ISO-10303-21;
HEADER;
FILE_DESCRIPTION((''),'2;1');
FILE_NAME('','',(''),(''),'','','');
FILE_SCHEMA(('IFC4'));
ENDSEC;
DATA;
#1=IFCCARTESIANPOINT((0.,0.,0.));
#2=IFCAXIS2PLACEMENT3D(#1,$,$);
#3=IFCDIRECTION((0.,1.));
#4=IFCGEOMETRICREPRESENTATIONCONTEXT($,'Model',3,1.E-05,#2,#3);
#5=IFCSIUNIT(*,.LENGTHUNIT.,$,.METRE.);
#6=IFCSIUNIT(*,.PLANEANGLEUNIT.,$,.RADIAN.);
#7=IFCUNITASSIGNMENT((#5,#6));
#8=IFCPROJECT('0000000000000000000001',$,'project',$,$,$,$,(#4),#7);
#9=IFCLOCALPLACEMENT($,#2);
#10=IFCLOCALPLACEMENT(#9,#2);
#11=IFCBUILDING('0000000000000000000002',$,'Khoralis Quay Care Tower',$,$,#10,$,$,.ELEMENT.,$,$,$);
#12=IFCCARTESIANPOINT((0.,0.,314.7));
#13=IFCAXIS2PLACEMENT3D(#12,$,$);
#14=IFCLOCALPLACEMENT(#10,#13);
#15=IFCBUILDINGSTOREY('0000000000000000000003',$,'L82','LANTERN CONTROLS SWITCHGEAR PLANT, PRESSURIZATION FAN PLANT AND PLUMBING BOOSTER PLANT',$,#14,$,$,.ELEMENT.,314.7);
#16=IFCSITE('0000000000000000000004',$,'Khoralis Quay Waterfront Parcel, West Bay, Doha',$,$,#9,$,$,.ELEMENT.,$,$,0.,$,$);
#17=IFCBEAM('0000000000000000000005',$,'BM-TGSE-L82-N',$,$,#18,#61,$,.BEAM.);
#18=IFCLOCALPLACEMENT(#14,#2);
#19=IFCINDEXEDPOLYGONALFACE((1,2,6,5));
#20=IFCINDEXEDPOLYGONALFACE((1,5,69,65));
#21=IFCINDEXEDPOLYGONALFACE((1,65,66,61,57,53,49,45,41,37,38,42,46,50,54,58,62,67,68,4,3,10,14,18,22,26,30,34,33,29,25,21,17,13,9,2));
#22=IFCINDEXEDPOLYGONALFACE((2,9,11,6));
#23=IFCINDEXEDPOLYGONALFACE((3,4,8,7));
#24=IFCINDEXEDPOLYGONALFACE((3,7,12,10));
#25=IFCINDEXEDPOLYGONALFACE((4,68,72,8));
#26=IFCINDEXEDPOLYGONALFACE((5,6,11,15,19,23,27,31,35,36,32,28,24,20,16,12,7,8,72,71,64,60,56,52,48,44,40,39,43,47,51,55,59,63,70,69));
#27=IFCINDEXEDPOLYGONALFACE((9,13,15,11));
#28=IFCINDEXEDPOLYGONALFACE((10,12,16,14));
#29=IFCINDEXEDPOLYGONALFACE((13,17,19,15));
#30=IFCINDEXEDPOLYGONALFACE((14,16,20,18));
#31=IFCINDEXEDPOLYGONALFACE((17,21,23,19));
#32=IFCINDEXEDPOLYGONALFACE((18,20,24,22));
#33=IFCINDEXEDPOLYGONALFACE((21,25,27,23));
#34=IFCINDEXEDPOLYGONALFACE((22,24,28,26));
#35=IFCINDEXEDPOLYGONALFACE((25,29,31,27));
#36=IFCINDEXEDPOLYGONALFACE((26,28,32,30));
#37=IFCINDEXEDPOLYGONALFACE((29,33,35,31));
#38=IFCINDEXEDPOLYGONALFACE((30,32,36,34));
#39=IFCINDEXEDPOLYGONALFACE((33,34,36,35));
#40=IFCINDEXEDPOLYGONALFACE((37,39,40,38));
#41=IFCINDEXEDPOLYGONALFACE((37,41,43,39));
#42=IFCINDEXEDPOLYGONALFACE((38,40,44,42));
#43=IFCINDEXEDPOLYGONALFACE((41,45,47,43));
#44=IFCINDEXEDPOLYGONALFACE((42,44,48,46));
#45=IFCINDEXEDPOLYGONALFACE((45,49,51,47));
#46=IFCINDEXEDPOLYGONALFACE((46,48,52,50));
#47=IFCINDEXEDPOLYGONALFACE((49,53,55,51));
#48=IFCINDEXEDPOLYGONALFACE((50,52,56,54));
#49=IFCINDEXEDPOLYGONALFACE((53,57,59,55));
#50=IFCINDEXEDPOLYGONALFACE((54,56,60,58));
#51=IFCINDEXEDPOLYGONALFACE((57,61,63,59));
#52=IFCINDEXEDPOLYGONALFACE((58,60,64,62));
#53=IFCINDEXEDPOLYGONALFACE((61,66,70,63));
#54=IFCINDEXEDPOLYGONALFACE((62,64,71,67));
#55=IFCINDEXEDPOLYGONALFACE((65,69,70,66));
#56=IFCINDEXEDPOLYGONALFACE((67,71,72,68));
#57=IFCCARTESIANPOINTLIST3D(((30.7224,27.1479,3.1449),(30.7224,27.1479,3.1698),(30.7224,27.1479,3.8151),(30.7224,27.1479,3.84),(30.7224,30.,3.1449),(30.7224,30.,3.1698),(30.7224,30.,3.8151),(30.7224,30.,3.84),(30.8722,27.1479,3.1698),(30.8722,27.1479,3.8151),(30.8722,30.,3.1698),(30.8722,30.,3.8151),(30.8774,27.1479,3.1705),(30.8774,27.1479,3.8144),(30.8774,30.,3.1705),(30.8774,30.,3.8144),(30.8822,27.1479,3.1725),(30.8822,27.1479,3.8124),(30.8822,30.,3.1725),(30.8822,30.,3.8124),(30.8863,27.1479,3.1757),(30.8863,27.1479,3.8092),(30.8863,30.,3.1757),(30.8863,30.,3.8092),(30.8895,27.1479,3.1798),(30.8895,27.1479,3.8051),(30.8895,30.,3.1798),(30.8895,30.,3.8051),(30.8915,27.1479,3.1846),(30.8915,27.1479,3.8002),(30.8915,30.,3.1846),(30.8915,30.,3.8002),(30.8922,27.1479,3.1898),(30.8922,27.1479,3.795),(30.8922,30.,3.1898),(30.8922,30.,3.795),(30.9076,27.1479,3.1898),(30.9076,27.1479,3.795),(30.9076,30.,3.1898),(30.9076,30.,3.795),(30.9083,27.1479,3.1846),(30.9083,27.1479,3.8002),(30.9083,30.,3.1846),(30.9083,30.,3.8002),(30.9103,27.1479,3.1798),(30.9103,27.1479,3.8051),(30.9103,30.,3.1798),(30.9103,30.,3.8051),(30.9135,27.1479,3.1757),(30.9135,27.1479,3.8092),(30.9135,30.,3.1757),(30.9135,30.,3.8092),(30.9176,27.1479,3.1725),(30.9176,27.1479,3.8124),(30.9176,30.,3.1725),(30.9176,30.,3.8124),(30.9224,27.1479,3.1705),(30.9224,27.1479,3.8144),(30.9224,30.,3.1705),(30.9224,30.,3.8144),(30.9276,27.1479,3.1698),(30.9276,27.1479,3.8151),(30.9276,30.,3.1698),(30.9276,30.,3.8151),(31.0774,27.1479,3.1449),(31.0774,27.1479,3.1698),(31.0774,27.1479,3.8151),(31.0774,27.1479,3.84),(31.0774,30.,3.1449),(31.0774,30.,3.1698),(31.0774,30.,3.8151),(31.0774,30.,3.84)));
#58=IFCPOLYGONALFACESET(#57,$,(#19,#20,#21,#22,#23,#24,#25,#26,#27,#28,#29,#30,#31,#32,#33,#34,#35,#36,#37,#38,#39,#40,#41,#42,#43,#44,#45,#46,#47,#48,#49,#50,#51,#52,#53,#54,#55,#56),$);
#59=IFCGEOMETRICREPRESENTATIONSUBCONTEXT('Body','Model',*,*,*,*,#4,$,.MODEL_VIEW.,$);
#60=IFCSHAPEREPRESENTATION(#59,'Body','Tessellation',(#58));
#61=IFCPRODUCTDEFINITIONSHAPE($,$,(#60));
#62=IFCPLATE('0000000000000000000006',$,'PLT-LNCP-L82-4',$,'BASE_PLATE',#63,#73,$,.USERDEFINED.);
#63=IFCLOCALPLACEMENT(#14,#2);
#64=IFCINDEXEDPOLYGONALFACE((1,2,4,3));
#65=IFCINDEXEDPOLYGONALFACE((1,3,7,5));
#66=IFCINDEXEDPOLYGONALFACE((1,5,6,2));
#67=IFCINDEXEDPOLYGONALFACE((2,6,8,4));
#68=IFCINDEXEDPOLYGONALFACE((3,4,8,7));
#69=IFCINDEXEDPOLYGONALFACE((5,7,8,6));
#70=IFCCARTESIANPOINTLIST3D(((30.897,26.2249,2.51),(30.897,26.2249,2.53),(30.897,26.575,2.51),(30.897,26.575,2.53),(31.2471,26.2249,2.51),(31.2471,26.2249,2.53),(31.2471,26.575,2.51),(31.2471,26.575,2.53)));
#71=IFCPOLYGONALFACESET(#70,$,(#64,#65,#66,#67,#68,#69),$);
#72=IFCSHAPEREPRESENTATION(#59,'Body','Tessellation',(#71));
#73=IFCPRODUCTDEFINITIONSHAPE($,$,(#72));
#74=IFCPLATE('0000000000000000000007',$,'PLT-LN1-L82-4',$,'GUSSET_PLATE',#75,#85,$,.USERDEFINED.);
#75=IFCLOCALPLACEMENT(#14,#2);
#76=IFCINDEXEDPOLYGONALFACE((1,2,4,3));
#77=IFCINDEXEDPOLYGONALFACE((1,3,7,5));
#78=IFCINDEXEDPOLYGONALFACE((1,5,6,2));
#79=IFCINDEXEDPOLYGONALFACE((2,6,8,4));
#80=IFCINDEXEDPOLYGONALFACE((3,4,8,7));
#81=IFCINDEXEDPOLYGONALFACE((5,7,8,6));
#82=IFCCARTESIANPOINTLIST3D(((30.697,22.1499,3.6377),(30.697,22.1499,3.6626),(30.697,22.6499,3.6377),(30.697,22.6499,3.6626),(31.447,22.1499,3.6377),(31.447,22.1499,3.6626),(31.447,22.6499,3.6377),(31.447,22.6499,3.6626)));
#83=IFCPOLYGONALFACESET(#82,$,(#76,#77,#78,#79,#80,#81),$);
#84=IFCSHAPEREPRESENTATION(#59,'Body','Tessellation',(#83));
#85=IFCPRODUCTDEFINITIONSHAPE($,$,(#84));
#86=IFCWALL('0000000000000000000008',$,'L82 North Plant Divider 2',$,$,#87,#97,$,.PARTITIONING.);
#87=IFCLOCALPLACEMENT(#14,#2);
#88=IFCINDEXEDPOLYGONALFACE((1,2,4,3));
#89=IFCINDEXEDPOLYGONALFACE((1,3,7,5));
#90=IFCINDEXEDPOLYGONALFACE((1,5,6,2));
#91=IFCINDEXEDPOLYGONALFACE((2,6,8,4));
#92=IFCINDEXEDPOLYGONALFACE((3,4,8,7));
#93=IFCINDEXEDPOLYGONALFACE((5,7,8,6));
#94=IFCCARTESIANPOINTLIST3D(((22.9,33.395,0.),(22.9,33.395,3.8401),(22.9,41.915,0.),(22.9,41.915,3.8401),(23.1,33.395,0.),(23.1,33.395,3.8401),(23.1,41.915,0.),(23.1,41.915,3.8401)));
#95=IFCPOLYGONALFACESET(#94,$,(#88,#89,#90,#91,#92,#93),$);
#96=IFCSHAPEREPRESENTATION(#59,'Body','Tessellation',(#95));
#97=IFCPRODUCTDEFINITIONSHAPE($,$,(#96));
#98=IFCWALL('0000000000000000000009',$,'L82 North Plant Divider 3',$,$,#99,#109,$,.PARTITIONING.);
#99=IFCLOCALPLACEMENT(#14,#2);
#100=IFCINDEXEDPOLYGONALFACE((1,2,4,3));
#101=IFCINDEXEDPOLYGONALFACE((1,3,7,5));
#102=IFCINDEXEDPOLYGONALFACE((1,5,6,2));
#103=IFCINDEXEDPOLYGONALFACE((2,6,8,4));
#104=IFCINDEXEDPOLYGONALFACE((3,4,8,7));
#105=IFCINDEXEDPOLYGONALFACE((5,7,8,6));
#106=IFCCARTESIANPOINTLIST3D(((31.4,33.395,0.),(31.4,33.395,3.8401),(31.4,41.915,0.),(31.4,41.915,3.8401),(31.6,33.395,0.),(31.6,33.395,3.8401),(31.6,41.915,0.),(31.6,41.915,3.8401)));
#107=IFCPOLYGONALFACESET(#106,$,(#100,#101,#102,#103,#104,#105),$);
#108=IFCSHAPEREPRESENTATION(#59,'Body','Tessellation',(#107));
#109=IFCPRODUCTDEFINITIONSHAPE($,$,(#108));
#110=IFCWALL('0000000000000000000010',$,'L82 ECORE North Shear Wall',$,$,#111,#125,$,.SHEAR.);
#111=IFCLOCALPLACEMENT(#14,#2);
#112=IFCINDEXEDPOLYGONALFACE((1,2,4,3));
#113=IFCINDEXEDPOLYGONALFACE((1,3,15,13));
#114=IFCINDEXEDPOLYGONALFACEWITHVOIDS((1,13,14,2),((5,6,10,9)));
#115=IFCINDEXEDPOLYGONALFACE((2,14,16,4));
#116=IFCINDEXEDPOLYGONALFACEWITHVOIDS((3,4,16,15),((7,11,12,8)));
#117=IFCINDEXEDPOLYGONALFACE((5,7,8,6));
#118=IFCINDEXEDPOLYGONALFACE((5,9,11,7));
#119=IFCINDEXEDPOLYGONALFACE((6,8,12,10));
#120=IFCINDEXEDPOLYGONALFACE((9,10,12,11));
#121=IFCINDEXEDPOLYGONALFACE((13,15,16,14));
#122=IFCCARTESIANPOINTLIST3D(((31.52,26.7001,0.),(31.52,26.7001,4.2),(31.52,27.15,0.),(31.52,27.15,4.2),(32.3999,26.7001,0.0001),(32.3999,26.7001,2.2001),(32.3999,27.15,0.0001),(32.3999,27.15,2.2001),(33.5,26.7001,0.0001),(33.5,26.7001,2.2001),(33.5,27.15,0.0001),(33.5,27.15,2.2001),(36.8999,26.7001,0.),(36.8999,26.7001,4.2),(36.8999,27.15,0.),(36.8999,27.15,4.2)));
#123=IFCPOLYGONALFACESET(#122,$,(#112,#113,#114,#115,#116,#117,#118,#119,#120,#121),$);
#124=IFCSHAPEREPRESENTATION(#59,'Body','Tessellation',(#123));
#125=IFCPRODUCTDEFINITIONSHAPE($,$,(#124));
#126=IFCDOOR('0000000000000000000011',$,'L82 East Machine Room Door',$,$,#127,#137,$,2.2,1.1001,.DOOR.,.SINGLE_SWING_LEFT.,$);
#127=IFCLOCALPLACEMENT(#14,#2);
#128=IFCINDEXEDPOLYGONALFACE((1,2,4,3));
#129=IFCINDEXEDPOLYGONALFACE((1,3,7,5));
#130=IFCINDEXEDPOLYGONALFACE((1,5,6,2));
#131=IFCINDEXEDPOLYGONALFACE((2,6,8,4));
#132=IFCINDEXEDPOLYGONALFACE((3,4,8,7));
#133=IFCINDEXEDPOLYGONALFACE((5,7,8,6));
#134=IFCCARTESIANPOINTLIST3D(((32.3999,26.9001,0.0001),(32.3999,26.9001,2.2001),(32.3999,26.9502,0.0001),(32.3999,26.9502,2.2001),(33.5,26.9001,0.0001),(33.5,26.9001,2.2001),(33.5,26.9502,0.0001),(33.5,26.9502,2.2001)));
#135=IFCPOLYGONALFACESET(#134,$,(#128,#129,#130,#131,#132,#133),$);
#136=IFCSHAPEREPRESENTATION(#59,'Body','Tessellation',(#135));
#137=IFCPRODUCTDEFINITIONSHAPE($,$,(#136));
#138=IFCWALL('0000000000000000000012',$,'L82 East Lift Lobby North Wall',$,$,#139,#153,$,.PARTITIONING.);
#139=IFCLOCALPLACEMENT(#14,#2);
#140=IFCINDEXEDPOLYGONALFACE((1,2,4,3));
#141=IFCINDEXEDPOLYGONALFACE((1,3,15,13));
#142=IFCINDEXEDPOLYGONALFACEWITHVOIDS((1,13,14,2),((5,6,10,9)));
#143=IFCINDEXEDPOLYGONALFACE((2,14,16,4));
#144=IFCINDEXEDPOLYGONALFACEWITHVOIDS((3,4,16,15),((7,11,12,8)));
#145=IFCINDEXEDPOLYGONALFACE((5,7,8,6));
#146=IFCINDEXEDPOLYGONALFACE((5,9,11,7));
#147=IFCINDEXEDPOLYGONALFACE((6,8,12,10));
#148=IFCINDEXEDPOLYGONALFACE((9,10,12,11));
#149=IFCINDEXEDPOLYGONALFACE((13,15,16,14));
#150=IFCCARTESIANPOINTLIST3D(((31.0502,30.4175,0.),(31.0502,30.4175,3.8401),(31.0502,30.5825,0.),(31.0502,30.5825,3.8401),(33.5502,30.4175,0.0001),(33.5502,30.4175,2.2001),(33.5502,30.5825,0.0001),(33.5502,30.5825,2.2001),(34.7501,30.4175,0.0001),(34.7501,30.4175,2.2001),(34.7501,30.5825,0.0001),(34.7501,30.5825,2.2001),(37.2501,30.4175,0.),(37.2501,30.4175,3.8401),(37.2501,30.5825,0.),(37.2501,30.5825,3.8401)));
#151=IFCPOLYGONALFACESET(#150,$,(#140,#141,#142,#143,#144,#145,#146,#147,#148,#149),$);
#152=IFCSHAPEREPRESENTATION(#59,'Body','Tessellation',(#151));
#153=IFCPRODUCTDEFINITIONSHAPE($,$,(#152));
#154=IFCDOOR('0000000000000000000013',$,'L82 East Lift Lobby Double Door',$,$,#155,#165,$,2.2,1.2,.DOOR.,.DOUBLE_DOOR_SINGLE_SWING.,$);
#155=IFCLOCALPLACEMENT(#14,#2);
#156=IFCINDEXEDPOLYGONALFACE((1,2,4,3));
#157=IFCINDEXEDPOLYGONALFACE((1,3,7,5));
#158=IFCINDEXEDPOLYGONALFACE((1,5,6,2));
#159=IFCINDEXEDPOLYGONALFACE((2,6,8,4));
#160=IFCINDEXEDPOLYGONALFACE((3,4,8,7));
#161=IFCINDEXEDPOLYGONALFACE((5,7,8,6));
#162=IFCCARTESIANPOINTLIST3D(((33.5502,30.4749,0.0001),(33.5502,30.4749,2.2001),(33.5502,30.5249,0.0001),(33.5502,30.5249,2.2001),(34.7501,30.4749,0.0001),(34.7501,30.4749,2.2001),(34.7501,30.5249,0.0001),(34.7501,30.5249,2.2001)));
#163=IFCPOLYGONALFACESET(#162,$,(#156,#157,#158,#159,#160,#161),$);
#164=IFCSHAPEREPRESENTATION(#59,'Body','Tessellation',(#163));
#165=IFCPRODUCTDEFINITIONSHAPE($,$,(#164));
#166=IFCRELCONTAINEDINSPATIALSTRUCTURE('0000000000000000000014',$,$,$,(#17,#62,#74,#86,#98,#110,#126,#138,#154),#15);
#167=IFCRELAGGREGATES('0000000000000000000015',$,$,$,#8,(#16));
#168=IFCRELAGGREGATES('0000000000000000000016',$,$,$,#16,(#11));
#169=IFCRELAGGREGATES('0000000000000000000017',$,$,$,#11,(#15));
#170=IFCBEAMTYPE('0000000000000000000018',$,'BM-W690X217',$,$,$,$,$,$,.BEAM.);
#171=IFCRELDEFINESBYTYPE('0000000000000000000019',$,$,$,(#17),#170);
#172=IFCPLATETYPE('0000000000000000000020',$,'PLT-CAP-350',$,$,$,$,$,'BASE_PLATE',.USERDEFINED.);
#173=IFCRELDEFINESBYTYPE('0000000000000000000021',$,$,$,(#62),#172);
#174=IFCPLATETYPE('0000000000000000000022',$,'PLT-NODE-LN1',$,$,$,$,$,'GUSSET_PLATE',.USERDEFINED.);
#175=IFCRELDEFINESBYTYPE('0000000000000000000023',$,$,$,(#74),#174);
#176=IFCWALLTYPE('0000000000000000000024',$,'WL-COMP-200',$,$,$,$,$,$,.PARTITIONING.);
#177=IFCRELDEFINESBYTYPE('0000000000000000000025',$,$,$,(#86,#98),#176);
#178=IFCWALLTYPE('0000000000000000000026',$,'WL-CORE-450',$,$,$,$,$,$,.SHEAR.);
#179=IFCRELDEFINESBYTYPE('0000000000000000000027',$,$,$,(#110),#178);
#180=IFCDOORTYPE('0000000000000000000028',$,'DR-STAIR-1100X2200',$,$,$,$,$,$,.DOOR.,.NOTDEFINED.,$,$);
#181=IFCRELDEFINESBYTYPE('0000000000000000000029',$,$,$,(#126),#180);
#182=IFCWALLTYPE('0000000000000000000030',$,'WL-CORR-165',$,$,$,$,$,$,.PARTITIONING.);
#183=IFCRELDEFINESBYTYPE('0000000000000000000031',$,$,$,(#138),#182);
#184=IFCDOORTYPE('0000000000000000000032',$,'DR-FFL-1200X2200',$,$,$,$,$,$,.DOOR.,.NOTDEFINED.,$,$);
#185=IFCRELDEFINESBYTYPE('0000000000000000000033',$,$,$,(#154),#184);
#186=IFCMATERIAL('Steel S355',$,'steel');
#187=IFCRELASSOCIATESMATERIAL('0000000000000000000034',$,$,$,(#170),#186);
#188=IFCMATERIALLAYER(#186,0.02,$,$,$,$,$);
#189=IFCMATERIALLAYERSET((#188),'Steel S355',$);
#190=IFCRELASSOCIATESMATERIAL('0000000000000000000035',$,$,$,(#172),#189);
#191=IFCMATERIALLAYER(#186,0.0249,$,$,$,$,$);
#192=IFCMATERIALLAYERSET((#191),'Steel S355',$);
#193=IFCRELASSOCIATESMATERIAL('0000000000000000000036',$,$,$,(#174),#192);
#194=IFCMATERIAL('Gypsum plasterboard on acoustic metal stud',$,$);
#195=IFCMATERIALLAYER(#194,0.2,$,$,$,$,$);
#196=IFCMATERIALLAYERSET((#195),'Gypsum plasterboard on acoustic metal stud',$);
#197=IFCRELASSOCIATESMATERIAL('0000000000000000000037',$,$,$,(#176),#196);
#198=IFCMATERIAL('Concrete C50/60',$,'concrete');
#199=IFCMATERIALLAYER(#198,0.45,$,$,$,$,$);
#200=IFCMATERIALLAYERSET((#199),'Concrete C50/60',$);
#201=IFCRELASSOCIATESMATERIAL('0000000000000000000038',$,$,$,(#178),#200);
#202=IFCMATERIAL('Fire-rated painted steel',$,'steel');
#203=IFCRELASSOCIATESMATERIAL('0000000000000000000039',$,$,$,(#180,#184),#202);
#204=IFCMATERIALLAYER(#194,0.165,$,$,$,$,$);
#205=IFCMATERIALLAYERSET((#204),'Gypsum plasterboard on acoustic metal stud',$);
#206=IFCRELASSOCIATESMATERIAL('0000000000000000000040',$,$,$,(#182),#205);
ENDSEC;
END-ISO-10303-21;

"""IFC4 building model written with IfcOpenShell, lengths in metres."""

from ifc_helpers import new_model, si_unit, direction, frame, frame_2d, origin, origin_2d, place, context, subcontext, project, spatial, rectangle, i_section, extrude, source, transform, mapped, material, layer, layer_set, material_profile, profile_set, type_object, element, fill, save


model = new_model("IFC4")

# Units and contexts
model_context = context("Model", 3, precision=1e-05, world=origin(), true_north=direction((0.0, 1.0)))
body_context = subcontext(model_context, "Body", "Model", "MODEL_VIEW")
ifc_project = project(units=[si_unit("LENGTHUNIT", "METRE"), si_unit("PLANEANGLEUNIT", "RADIAN")], contexts=[model_context])

# Site, building, storey
site_placement = place(None, origin())
site = spatial("IfcSite", under=ifc_project, at=site_placement, Name="Khoralis Quay Waterfront Parcel, West Bay, Doha", CompositionType="ELEMENT", RefElevation=0.0)
building_placement = place(site_placement, origin())
building = spatial("IfcBuilding", under=site, at=building_placement, Name="Khoralis Quay Care Tower", CompositionType="ELEMENT")
storey_placement = place(building_placement, frame((0.0, 0.0, 314.7)))
storey = spatial("IfcBuildingStorey", under=building, at=storey_placement, Name="L82", Description="LANTERN CONTROLS SWITCHGEAR PLANT, PRESSURIZATION FAN PLANT AND PLUMBING BOOSTER PLANT", CompositionType="ELEMENT", Elevation=314.7)

# Shared definitions
ifc_material_1 = material(Name="Concrete C50/60", Category="concrete")
ifc_material_2 = material(Name="Steel S355", Category="steel")

# Beam
ifc_material_profile_1 = material_profile(ifc_material_2, i_section(OverallWidth=0.355, OverallDepth=0.6951, WebThickness=0.0154, FlangeThickness=0.0249, FilletRadius=0.02, at=origin_2d()), Name="Steel S355")
ifc_profile_set_1 = profile_set([ifc_material_profile_1], Name="Steel S355")
beam_type_1 = type_object("IfcBeamType", Name="BM-W690X217", PredefinedType="BEAM", material=ifc_profile_set_1)
shared_shape_1 = source(origin(), body_context, "Body", "SweptSolid", [
    extrude(i_section(OverallWidth=0.355, OverallDepth=0.6951, WebThickness=0.0154, FlangeThickness=0.0249, FilletRadius=0.02, at=origin_2d()), origin(), (0.0, 0.0, 1.0), 2.8521),
])
beam_1_placement = place(storey_placement, frame((30.8999, 27.1479, 3.4924), z_axis=(0.0, 1.0, 0.0), x_axis=(-1.0, 0.0, 0.0)))
element("IfcBeam", 1, at=beam_1_placement, inside=storey, type_object=beam_type_1, Name="BM-TGSE-L82-N", PredefinedType="BEAM", context=body_context, shape_type="MappedRepresentation", body=[
    mapped(shared_shape_1, transform((0.0, 0.0, 0.0), scale=1.0)),
])

# Plates
ifc_layer_1 = layer(ifc_material_2, 0.02)
ifc_layer_set_1 = layer_set([ifc_layer_1], Name="Steel S355")
plate_type_1 = type_object("IfcPlateType", Name="PLT-CAP-350", ElementType="BASE_PLATE", PredefinedType="USERDEFINED", material=ifc_layer_set_1)
shared_shape_2 = source(origin(), body_context, "Body", "SweptSolid", [
    extrude(rectangle(XDim=0.3501, YDim=0.3501, at=origin_2d()), origin(), (0.0, 0.0, 1.0), 0.02),
])
plate_1_placement = place(storey_placement, frame((31.072, 26.3999, 2.51), z_axis=(0.0, 0.0, 1.0), x_axis=(1.0, 0.0, 0.0)))
element("IfcPlate", 2, at=plate_1_placement, inside=storey, type_object=plate_type_1, Name="PLT-LNCP-L82-4", ObjectType="BASE_PLATE", PredefinedType="USERDEFINED", context=body_context, shape_type="MappedRepresentation", body=[
    mapped(shared_shape_2, transform((0.0, 0.0, 0.0), scale=1.0)),
])
ifc_layer_2 = layer(ifc_material_2, 0.0249)
ifc_layer_set_2 = layer_set([ifc_layer_2], Name="Steel S355")
plate_type_2 = type_object("IfcPlateType", Name="PLT-NODE-LN1", ElementType="GUSSET_PLATE", PredefinedType="USERDEFINED", material=ifc_layer_set_2)
shared_shape_3 = source(origin(), body_context, "Body", "SweptSolid", [
    extrude(rectangle(XDim=0.75, YDim=0.5, at=origin_2d()), origin(), (0.0, 0.0, 1.0), 0.0249),
])
plate_2_placement = place(storey_placement, frame((31.072, 22.3999, 3.6377), z_axis=(0.0, 0.0, 1.0), x_axis=(1.0, 0.0, 0.0)))
element("IfcPlate", 3, at=plate_2_placement, inside=storey, type_object=plate_type_2, Name="PLT-LN1-L82-4", ObjectType="GUSSET_PLATE", PredefinedType="USERDEFINED", context=body_context, shape_type="MappedRepresentation", body=[
    mapped(shared_shape_3, transform((0.0, 0.0, 0.0), scale=1.0)),
])

# Walls
ifc_material_3 = material(Name="Gypsum plasterboard on acoustic metal stud")
ifc_layer_3 = layer(ifc_material_3, 0.2)
ifc_layer_set_3 = layer_set([ifc_layer_3], Name="Gypsum plasterboard on acoustic metal stud")
wall_type_1 = type_object("IfcWallType", Name="WL-COMP-200", PredefinedType="PARTITIONING", material=ifc_layer_set_3)
for number, where, z_axis, x_axis, name in (
    (4, (23.0, 33.395, 0.0), (0.0, 0.0, 1.0), (0.0, 1.0, 0.0), "L82 North Plant Divider 2"),
    (5, (31.5, 33.395, 0.0), (0.0, 0.0, 1.0), (0.0, 1.0, 0.0), "L82 North Plant Divider 3"),
):
    element("IfcWall", number, at=place(storey_placement, frame(where, z_axis=z_axis, x_axis=x_axis)), inside=storey, type_object=wall_type_1, Name=name, PredefinedType="PARTITIONING", context=body_context, shape_type="SweptSolid", body=[
        extrude(rectangle(XDim=8.52, YDim=0.2, at=frame_2d((4.26, 0.0))), origin(), (0.0, 0.0, 1.0), 3.8401),
    ])

# Walls, openings, doors
ifc_layer_4 = layer(ifc_material_1, 0.45)
ifc_layer_set_4 = layer_set([ifc_layer_4], Name="Concrete C50/60")
wall_type_2 = type_object("IfcWallType", Name="WL-CORE-450", PredefinedType="SHEAR", material=ifc_layer_set_4)
wall_1_placement = place(storey_placement, frame((31.52, 26.925, 0.0), z_axis=(0.0, 0.0, 1.0), x_axis=(1.0, 0.0, 0.0)))
wall_1 = element("IfcWall", 6, at=wall_1_placement, inside=storey, type_object=wall_type_2, Name="L82 ECORE North Shear Wall", PredefinedType="SHEAR", context=body_context, shape_type="SweptSolid", body=[
    extrude(rectangle(XDim=5.3799, YDim=0.45, at=frame_2d((2.6899, 0.0))), origin(), (0.0, 0.0, 1.0), 4.2),
])
opening_1_placement = place(wall_1_placement, frame((0.8799, 0.0, 0.0)))
opening_1 = element("IfcOpeningElement", 7, at=opening_1_placement, cuts=wall_1, PredefinedType="OPENING", context=body_context, shape_type="SweptSolid", body=[
    extrude(rectangle(XDim=1.1001, YDim=2.2, at=frame_2d((0.55, 1.1001))), frame((0.0, 0.2349, 0.0), z_axis=(0.0, -1.0, 0.0), x_axis=(1.0, 0.0, 0.0)), (0.0, 0.0, 1.0), 0.47),
])
ifc_material_4 = material(Name="Fire-rated painted steel", Category="steel")
door_type_1 = type_object("IfcDoorType", Name="DR-STAIR-1100X2200", OperationType="NOTDEFINED", PredefinedType="DOOR", material=ifc_material_4)
shared_shape_4 = source(origin(), body_context, "Body", "SweptSolid", [
    extrude(rectangle(XDim=1.1001, YDim=2.2, at=frame_2d((0.55, 1.1001))), frame((0.0, 0.0249, 0.0), z_axis=(0.0, -1.0, 0.0), x_axis=(1.0, 0.0, 0.0)), (0.0, 0.0, 1.0), 0.05),
])
door_1_placement = place(opening_1_placement, frame((1.1001, 0.0, 0.0), z_axis=(0.0, 0.0, 1.0), x_axis=(-1.0, 0.0, 0.0)))
door_1 = element("IfcDoor", 8, at=door_1_placement, inside=storey, type_object=door_type_1, Name="L82 East Machine Room Door", OperationType="SINGLE_SWING_LEFT", OverallHeight=2.2, OverallWidth=1.1001, PredefinedType="DOOR", context=body_context, shape_type="MappedRepresentation", body=[
    mapped(shared_shape_4, transform((0.0, 0.0, 0.0), scale=1.0)),
])
fill(opening_1, door_1)
ifc_layer_5 = layer(ifc_material_3, 0.165)
ifc_layer_set_5 = layer_set([ifc_layer_5], Name="Gypsum plasterboard on acoustic metal stud")
wall_type_3 = type_object("IfcWallType", Name="WL-CORR-165", PredefinedType="PARTITIONING", material=ifc_layer_set_5)
wall_2_placement = place(storey_placement, frame((31.05, 30.5, 0.0), z_axis=(0.0, 0.0, 1.0), x_axis=(1.0, 0.0, 0.0)))
wall_2 = element("IfcWall", 9, at=wall_2_placement, inside=storey, type_object=wall_type_3, Name="L82 East Lift Lobby North Wall", PredefinedType="PARTITIONING", context=body_context, shape_type="SweptSolid", body=[
    extrude(rectangle(XDim=6.2, YDim=0.165, at=frame_2d((3.1001, 0.0))), origin(), (0.0, 0.0, 1.0), 3.8401),
])
opening_2_placement = place(wall_2_placement, frame((2.5, 0.0, 0.0)))
opening_2 = element("IfcOpeningElement", 10, at=opening_2_placement, cuts=wall_2, PredefinedType="OPENING", context=body_context, shape_type="SweptSolid", body=[
    extrude(rectangle(XDim=1.2, YDim=2.2, at=frame_2d((0.6001, 1.1001))), frame((0.0, 0.0925, 0.0), z_axis=(0.0, -1.0, 0.0), x_axis=(1.0, 0.0, 0.0)), (0.0, 0.0, 1.0), 0.1851),
])
door_type_2 = type_object("IfcDoorType", Name="DR-FFL-1200X2200", OperationType="NOTDEFINED", PredefinedType="DOOR", material=ifc_material_4)
shared_shape_5 = source(origin(), body_context, "Body", "SweptSolid", [
    extrude(rectangle(XDim=1.2, YDim=2.2, at=frame_2d((0.6001, 1.1001))), frame((0.0, 0.0249, 0.0), z_axis=(0.0, -1.0, 0.0), x_axis=(1.0, 0.0, 0.0)), (0.0, 0.0, 1.0), 0.05),
])
door_2_placement = place(opening_2_placement, origin())
door_2 = element("IfcDoor", 11, at=door_2_placement, inside=storey, type_object=door_type_2, Name="L82 East Lift Lobby Double Door", OperationType="DOUBLE_DOOR_SINGLE_SWING", OverallHeight=2.2, OverallWidth=1.2, PredefinedType="DOOR", context=body_context, shape_type="MappedRepresentation", body=[
    mapped(shared_shape_5, transform((0.0, 0.0, 0.0), scale=1.0)),
])
fill(opening_2, door_2)

save(model, "model.ifc")
